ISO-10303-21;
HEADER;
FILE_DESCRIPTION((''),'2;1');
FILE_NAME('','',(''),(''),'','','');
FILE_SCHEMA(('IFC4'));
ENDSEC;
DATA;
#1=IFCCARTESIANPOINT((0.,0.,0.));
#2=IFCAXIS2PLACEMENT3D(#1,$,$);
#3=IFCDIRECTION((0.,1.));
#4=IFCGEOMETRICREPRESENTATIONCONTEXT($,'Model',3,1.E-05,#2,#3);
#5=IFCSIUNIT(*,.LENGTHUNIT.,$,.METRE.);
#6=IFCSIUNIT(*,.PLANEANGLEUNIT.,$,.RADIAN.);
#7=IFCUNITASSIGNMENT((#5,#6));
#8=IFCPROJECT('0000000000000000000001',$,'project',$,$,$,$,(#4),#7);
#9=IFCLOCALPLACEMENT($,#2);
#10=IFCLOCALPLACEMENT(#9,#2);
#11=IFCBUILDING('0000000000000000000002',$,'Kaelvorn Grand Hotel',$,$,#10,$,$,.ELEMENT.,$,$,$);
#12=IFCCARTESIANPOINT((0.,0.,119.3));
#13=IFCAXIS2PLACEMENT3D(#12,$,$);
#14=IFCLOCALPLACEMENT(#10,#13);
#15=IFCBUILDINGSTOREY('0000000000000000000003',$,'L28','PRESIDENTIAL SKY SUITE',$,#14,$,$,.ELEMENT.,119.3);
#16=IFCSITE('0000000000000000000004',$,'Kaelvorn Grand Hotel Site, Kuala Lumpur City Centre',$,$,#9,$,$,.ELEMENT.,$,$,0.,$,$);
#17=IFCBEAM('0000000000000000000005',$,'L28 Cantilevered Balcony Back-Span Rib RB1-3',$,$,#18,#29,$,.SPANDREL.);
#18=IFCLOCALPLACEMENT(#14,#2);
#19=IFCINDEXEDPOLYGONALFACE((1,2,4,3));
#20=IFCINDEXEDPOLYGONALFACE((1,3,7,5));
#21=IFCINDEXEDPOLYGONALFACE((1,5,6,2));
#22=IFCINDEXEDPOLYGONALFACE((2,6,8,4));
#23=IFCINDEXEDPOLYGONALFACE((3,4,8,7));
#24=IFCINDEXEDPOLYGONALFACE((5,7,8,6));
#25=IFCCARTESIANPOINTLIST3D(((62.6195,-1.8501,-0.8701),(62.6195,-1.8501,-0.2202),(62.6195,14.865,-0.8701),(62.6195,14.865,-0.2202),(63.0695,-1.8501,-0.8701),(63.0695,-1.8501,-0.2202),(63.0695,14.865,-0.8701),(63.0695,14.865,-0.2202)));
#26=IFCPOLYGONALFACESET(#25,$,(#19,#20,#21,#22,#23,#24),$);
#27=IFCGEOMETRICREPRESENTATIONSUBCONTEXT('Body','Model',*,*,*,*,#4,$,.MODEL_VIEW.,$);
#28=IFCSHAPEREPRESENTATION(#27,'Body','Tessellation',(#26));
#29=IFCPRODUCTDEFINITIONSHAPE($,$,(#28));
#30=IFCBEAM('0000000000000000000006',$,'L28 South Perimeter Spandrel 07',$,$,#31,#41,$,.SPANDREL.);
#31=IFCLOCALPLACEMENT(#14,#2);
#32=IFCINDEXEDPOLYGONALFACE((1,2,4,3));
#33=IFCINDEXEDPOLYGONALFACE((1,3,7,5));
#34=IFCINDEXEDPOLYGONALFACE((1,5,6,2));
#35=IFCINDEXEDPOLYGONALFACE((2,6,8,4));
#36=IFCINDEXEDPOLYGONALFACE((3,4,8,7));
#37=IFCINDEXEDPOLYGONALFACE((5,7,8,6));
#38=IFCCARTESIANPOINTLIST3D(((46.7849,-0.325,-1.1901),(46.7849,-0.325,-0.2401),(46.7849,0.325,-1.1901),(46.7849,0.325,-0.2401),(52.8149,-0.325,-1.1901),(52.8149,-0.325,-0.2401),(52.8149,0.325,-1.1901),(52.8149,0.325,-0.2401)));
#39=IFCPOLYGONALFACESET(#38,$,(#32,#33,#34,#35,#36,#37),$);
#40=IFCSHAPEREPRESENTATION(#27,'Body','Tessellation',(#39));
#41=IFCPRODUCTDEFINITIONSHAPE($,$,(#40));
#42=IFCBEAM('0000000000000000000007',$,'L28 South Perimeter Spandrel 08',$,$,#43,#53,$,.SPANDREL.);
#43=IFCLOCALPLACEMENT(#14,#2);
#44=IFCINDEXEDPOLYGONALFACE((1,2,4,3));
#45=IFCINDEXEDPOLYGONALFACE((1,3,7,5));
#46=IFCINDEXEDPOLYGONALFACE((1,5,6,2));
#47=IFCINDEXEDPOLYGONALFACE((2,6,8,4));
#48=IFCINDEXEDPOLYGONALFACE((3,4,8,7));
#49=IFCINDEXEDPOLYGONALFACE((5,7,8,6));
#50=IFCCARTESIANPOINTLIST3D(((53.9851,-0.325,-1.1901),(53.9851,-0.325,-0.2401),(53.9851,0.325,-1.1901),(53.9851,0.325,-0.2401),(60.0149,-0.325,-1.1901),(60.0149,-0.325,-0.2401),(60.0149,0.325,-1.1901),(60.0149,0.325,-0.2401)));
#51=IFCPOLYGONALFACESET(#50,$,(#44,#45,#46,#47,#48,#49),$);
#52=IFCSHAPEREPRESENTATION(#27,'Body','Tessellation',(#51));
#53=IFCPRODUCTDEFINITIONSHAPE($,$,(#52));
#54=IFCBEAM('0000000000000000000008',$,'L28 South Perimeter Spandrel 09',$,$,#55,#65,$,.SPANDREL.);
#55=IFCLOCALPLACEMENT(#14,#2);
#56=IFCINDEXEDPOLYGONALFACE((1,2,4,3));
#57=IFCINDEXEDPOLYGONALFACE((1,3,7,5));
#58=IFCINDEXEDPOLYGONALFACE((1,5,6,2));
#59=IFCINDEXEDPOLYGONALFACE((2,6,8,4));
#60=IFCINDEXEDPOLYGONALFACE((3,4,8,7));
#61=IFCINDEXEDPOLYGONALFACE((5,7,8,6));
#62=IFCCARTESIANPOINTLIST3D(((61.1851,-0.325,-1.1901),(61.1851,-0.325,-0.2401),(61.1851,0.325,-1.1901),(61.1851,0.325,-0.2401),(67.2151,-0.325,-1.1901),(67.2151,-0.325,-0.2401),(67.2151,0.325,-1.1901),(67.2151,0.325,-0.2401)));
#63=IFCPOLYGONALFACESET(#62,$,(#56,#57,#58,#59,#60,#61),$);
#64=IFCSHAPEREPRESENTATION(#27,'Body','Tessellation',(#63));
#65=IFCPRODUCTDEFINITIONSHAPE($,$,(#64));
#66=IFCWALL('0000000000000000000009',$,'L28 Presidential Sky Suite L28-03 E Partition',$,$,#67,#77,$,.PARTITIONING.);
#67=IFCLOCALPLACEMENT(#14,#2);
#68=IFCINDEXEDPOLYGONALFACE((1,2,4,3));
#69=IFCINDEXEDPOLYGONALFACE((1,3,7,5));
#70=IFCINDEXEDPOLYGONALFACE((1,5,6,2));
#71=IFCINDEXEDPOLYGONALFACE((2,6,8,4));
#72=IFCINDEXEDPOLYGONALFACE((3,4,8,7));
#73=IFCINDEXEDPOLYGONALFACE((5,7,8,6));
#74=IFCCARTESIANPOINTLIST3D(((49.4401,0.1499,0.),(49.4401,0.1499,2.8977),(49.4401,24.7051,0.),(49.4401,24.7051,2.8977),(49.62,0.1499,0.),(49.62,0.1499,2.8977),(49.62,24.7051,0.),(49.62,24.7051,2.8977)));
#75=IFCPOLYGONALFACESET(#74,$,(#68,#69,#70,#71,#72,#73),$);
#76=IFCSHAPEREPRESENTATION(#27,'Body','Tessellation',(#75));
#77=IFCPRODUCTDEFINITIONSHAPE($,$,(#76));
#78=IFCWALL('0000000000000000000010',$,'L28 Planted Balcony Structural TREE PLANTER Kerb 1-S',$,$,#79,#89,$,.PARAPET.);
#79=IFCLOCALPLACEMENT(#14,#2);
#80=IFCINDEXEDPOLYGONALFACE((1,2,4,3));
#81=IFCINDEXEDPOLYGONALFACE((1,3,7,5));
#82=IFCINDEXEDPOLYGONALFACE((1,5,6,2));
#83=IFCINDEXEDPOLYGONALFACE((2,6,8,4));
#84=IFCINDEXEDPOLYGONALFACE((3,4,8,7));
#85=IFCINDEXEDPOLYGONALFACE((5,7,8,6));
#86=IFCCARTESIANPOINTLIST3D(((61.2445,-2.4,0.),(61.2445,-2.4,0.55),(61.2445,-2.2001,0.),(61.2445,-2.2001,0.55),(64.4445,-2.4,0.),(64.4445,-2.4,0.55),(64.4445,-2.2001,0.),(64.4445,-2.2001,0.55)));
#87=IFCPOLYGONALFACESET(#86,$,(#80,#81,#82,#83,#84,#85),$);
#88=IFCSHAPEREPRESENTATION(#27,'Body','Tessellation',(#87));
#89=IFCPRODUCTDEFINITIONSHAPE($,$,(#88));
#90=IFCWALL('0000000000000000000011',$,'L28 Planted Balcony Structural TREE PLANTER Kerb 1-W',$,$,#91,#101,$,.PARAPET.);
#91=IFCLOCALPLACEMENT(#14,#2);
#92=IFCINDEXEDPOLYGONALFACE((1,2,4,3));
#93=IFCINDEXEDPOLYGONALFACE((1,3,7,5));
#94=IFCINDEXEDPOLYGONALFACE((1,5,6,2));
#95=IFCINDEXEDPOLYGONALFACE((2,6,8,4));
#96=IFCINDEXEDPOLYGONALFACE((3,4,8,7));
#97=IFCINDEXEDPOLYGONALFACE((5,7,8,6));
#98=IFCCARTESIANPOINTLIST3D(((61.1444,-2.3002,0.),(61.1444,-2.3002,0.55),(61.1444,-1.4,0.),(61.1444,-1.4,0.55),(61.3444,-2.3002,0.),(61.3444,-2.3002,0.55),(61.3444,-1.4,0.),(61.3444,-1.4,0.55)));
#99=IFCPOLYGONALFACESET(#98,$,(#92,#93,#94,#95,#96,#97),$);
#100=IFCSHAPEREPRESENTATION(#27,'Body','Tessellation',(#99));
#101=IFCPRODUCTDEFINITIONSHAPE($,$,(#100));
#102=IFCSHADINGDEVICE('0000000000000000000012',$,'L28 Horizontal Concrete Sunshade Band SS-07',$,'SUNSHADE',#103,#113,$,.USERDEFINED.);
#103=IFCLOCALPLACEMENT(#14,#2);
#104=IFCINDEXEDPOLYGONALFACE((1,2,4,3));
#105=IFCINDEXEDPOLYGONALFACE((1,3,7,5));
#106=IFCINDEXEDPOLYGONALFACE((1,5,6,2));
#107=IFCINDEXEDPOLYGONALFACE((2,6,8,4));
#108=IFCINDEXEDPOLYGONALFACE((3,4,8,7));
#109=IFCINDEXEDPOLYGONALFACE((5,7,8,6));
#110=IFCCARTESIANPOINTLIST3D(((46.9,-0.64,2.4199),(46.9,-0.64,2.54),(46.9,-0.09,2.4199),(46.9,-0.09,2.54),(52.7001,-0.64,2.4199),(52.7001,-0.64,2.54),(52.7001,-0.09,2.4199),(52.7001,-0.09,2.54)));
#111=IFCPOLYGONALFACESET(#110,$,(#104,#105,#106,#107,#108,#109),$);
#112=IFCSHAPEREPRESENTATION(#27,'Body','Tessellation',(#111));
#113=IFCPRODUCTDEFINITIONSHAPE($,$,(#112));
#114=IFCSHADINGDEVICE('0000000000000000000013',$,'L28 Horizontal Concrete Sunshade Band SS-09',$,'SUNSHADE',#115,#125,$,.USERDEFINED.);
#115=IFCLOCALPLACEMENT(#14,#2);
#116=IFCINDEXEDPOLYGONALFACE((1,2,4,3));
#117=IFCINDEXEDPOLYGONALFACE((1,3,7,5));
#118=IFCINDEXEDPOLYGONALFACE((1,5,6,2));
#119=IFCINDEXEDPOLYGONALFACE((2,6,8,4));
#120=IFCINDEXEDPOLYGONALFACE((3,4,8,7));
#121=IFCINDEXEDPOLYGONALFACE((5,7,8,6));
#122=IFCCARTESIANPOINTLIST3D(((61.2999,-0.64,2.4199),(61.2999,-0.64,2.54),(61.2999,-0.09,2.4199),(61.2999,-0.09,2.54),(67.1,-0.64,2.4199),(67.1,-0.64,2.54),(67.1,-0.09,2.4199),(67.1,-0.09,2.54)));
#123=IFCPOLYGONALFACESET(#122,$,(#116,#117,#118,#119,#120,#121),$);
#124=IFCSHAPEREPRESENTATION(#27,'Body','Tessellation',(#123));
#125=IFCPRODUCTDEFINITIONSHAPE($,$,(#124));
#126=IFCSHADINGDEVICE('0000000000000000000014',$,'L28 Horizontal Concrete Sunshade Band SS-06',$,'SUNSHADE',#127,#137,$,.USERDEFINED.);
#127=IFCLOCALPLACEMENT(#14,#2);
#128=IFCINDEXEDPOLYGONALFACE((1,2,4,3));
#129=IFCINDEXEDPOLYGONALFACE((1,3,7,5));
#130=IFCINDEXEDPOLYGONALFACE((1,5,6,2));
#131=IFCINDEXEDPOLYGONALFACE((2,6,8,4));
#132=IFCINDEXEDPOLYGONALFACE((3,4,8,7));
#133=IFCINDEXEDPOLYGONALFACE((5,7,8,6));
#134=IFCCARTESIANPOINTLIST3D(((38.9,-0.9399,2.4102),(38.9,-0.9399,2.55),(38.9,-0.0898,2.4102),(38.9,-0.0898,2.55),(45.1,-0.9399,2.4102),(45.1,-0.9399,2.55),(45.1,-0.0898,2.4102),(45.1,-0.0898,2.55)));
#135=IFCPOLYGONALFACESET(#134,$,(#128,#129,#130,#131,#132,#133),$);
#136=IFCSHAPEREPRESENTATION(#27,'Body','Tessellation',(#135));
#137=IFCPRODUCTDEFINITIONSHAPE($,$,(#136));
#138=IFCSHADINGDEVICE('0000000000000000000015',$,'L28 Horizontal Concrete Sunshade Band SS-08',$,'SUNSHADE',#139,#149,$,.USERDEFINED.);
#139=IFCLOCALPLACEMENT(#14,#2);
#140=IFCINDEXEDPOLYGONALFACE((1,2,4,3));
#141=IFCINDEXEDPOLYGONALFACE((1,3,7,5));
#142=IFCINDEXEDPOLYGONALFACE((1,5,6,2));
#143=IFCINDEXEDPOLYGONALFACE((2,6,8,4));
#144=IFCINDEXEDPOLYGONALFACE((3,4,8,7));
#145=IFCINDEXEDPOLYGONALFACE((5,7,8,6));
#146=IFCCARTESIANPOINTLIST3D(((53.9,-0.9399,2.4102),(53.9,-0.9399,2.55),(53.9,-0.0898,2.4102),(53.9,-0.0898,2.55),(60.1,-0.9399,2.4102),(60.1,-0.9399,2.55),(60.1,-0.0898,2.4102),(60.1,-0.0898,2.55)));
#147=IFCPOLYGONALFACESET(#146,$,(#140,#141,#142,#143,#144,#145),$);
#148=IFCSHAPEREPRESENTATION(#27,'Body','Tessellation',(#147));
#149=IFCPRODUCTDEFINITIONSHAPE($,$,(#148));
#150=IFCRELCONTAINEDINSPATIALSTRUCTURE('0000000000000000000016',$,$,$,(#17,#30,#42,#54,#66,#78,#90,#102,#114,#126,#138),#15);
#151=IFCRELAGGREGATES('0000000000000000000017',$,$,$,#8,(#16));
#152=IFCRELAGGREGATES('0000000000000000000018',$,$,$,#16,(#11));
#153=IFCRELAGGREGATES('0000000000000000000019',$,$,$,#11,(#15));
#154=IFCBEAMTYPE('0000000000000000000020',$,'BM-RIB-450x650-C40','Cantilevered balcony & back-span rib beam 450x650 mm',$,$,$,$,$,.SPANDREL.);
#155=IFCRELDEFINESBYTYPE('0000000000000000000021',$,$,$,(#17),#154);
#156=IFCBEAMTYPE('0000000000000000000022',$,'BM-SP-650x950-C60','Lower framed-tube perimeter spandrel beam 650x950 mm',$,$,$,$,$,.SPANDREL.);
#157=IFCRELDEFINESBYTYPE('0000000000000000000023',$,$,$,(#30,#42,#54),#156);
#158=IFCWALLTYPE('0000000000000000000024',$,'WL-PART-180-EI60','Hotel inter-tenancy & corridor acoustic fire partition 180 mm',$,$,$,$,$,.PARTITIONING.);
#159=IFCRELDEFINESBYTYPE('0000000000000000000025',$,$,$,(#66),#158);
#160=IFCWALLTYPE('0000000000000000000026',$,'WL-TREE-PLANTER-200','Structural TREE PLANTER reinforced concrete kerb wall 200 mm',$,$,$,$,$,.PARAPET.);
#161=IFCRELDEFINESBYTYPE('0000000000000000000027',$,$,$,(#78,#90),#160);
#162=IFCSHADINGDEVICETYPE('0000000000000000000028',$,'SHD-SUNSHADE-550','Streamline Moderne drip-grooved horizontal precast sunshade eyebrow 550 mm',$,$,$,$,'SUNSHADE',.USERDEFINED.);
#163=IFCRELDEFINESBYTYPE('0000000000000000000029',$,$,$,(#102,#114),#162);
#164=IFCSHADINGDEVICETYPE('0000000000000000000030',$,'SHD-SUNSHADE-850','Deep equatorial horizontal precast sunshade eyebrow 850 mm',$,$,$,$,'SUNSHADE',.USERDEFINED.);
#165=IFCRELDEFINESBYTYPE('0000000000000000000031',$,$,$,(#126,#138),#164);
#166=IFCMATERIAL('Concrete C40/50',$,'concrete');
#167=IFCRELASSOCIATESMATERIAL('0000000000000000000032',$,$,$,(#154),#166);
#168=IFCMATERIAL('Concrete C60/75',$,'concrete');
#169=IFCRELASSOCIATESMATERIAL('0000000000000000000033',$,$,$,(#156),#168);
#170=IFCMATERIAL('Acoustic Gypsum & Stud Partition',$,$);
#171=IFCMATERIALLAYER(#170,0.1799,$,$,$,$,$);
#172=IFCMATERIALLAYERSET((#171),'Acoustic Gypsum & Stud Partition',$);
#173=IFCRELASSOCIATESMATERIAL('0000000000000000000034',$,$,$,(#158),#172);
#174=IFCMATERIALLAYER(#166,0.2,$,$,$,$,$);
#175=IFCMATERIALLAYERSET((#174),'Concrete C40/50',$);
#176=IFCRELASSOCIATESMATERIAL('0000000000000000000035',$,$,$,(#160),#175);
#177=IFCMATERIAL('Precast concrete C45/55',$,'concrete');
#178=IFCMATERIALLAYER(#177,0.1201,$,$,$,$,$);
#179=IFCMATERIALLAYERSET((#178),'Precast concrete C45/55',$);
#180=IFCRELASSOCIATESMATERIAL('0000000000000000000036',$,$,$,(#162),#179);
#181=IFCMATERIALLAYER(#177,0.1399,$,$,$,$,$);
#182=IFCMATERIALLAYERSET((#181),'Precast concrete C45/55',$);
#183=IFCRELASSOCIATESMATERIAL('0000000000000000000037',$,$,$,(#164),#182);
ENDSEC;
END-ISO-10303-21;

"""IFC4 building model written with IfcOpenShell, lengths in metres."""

from ifc_helpers import new_model, si_unit, direction, frame, frame_2d, origin, origin_2d, place, context, subcontext, project, spatial, rectangle, extrude, material, layer, layer_set, material_profile, profile_set, type_object, element, save


model = new_model("IFC4")

# Units and contexts
model_context = context("Model", 3, precision=1e-05, world=origin(), true_north=direction((0.0, 1.0)))
body_context = subcontext(model_context, "Body", "Model", "MODEL_VIEW")
ifc_project = project(units=[si_unit("LENGTHUNIT", "METRE"), si_unit("PLANEANGLEUNIT", "RADIAN")], contexts=[model_context])

# Site, building, storey
site_placement = place(None, origin())
site = spatial("IfcSite", under=ifc_project, at=site_placement, Name="Kaelvorn Grand Hotel Site, Kuala Lumpur City Centre", CompositionType="ELEMENT", RefElevation=0.0)
building_placement = place(site_placement, origin())
building = spatial("IfcBuilding", under=site, at=building_placement, Name="Kaelvorn Grand Hotel", CompositionType="ELEMENT")
storey_placement = place(building_placement, frame((0.0, 0.0, 119.3)))
storey = spatial("IfcBuildingStorey", under=building, at=storey_placement, Name="L28", Description="PRESIDENTIAL SKY SUITE", CompositionType="ELEMENT", Elevation=119.3)

# Shared definitions
ifc_material_1 = material(Name="Concrete C60/75", Category="concrete")

# Beams
ifc_material_2 = material(Name="Concrete C40/50", Category="concrete")
ifc_material_profile_1 = material_profile(ifc_material_2, rectangle(XDim=0.45, YDim=0.6499, at=origin_2d()), Name="RC RIB 450x650")
ifc_profile_set_1 = profile_set([ifc_material_profile_1], Name="Concrete C40/50")
beam_type_1 = type_object("IfcBeamType", Name="BM-RIB-450x650-C40", Description="Cantilevered balcony & back-span rib beam 450x650 mm", PredefinedType="SPANDREL", material=ifc_profile_set_1)
beam_1_placement = place(storey_placement, frame((62.8445, -1.8501, -0.5452), z_axis=(0.0, 1.0, 0.0), x_axis=(-1.0, 0.0, 0.0)))
element("IfcBeam", 1, at=beam_1_placement, inside=storey, type_object=beam_type_1, Name="L28 Cantilevered Balcony Back-Span Rib RB1-3", PredefinedType="SPANDREL", context=body_context, shape_type="SweptSolid", body=[
    extrude(rectangle(XDim=0.45, YDim=0.6499, at=origin_2d()), origin(), (0.0, 0.0, 1.0), 16.7151),
])
ifc_material_profile_2 = material_profile(ifc_material_1, rectangle(XDim=0.6499, YDim=0.95, at=origin_2d()), Name="RC SPANDREL 650x950")
ifc_profile_set_2 = profile_set([ifc_material_profile_2], Name="Concrete C60/75")
beam_type_2 = type_object("IfcBeamType", Name="BM-SP-650x950-C60", Description="Lower framed-tube perimeter spandrel beam 650x950 mm", PredefinedType="SPANDREL", material=ifc_profile_set_2)
beam_2_placement = place(storey_placement, frame((46.7849, 0.0, -0.7151), z_axis=(1.0, 0.0, 0.0), x_axis=(0.0, 1.0, 0.0)))
element("IfcBeam", 2, at=beam_2_placement, inside=storey, type_object=beam_type_2, Name="L28 South Perimeter Spandrel 07", PredefinedType="SPANDREL", context=body_context, shape_type="SweptSolid", body=[
    extrude(rectangle(XDim=0.6499, YDim=0.95, at=origin_2d()), origin(), (0.0, 0.0, 1.0), 6.03),
])
beam_3_placement = place(storey_placement, frame((53.9851, 0.0, -0.7151), z_axis=(1.0, 0.0, 0.0), x_axis=(0.0, 1.0, 0.0)))
element("IfcBeam", 3, at=beam_3_placement, inside=storey, type_object=beam_type_2, Name="L28 South Perimeter Spandrel 08", PredefinedType="SPANDREL", context=body_context, shape_type="SweptSolid", body=[
    extrude(rectangle(XDim=0.6499, YDim=0.95, at=origin_2d()), origin(), (0.0, 0.0, 1.0), 6.0298),
])
beam_4_placement = place(storey_placement, frame((61.1851, 0.0, -0.7151), z_axis=(1.0, 0.0, 0.0), x_axis=(0.0, 1.0, 0.0)))
element("IfcBeam", 4, at=beam_4_placement, inside=storey, type_object=beam_type_2, Name="L28 South Perimeter Spandrel 09", PredefinedType="SPANDREL", context=body_context, shape_type="SweptSolid", body=[
    extrude(rectangle(XDim=0.6499, YDim=0.95, at=origin_2d()), origin(), (0.0, 0.0, 1.0), 6.03),
])

# Walls
ifc_material_3 = material(Name="Acoustic Gypsum & Stud Partition")
ifc_layer_1 = layer(ifc_material_3, 0.1799)
ifc_layer_set_1 = layer_set([ifc_layer_1], Name="Acoustic Gypsum & Stud Partition")
wall_type_1 = type_object("IfcWallType", Name="WL-PART-180-EI60", Description="Hotel inter-tenancy & corridor acoustic fire partition 180 mm", PredefinedType="PARTITIONING", material=ifc_layer_set_1)
wall_1_placement = place(storey_placement, frame((49.53, 0.1499, 0.0), z_axis=(0.0, 0.0, 1.0), x_axis=(0.0, 1.0, 0.0)))
element("IfcWall", 5, at=wall_1_placement, inside=storey, type_object=wall_type_1, Name="L28 Presidential Sky Suite L28-03 E Partition", PredefinedType="PARTITIONING", context=body_context, shape_type="SweptSolid", body=[
    extrude(rectangle(XDim=24.5552, YDim=0.1799, at=frame_2d((12.2776, 0.0))), origin(), (0.0, 0.0, 1.0), 2.8977),
])
ifc_layer_2 = layer(ifc_material_2, 0.2)
ifc_layer_set_2 = layer_set([ifc_layer_2], Name="Concrete C40/50")
wall_type_2 = type_object("IfcWallType", Name="WL-TREE-PLANTER-200", Description="Structural TREE PLANTER reinforced concrete kerb wall 200 mm", PredefinedType="PARAPET", material=ifc_layer_set_2)
wall_2_placement = place(storey_placement, frame((61.2444, -2.3, 0.0), z_axis=(0.0, 0.0, 1.0), x_axis=(1.0, 0.0, 0.0)))
element("IfcWall", 6, at=wall_2_placement, inside=storey, type_object=wall_type_2, Name="L28 Planted Balcony Structural TREE PLANTER Kerb 1-S", PredefinedType="PARAPET", context=body_context, shape_type="SweptSolid", body=[
    extrude(rectangle(XDim=3.2, YDim=0.2, at=frame_2d((1.6001, 0.0))), origin(), (0.0, 0.0, 1.0), 0.55),
])
wall_3_placement = place(storey_placement, frame((61.2444, -1.3999, 0.0), z_axis=(0.0, 0.0, 1.0), x_axis=(0.0, -1.0, 0.0)))
element("IfcWall", 7, at=wall_3_placement, inside=storey, type_object=wall_type_2, Name="L28 Planted Balcony Structural TREE PLANTER Kerb 1-W", PredefinedType="PARAPET", context=body_context, shape_type="SweptSolid", body=[
    extrude(rectangle(XDim=0.9001, YDim=0.2, at=frame_2d((0.4502, 0.0))), origin(), (0.0, 0.0, 1.0), 0.55),
])

# Shading devices
ifc_material_4 = material(Name="Precast concrete C45/55", Category="concrete")
ifc_layer_3 = layer(ifc_material_4, 0.1201)
ifc_layer_set_3 = layer_set([ifc_layer_3], Name="Precast concrete C45/55")
shading_device_type_1 = type_object("IfcShadingDeviceType", Name="SHD-SUNSHADE-550", Description="Streamline Moderne drip-grooved horizontal precast sunshade eyebrow 550 mm", ElementType="SUNSHADE", PredefinedType="USERDEFINED", material=ifc_layer_set_3)
for number, where, z_axis, x_axis, name in (
    (8, (49.8, -0.365, 2.4199), (0.0, 0.0, 1.0), (1.0, 0.0, 0.0), "L28 Horizontal Concrete Sunshade Band SS-07"),
    (9, (64.2, -0.365, 2.4199), (0.0, 0.0, 1.0), (1.0, 0.0, 0.0), "L28 Horizontal Concrete Sunshade Band SS-09"),
):
    element("IfcShadingDevice", number, at=place(storey_placement, frame(where, z_axis=z_axis, x_axis=x_axis)), inside=storey, type_object=shading_device_type_1, Name=name, ObjectType="SUNSHADE", PredefinedType="USERDEFINED", context=body_context, shape_type="SweptSolid", body=[
        extrude(rectangle(XDim=5.8, YDim=0.55, at=origin_2d()), origin(), (0.0, 0.0, 1.0), 0.1201),
    ])
ifc_layer_4 = layer(ifc_material_4, 0.1399)
ifc_layer_set_4 = layer_set([ifc_layer_4], Name="Precast concrete C45/55")
shading_device_type_2 = type_object("IfcShadingDeviceType", Name="SHD-SUNSHADE-850", Description="Deep equatorial horizontal precast sunshade eyebrow 850 mm", ElementType="SUNSHADE", PredefinedType="USERDEFINED", material=ifc_layer_set_4)
for number, where, z_axis, x_axis, name in (
    (10, (42.0, -0.5149, 2.4102), (0.0, 0.0, 1.0), (1.0, 0.0, 0.0), "L28 Horizontal Concrete Sunshade Band SS-06"),
    (11, (57.0, -0.5149, 2.4102), (0.0, 0.0, 1.0), (1.0, 0.0, 0.0), "L28 Horizontal Concrete Sunshade Band SS-08"),
):
    element("IfcShadingDevice", number, at=place(storey_placement, frame(where, z_axis=z_axis, x_axis=x_axis)), inside=storey, type_object=shading_device_type_2, Name=name, ObjectType="SUNSHADE", PredefinedType="USERDEFINED", context=body_context, shape_type="SweptSolid", body=[
        extrude(rectangle(XDim=6.2, YDim=0.8501, at=origin_2d()), origin(), (0.0, 0.0, 1.0), 0.1399),
    ])

save(model, "model.ifc")
